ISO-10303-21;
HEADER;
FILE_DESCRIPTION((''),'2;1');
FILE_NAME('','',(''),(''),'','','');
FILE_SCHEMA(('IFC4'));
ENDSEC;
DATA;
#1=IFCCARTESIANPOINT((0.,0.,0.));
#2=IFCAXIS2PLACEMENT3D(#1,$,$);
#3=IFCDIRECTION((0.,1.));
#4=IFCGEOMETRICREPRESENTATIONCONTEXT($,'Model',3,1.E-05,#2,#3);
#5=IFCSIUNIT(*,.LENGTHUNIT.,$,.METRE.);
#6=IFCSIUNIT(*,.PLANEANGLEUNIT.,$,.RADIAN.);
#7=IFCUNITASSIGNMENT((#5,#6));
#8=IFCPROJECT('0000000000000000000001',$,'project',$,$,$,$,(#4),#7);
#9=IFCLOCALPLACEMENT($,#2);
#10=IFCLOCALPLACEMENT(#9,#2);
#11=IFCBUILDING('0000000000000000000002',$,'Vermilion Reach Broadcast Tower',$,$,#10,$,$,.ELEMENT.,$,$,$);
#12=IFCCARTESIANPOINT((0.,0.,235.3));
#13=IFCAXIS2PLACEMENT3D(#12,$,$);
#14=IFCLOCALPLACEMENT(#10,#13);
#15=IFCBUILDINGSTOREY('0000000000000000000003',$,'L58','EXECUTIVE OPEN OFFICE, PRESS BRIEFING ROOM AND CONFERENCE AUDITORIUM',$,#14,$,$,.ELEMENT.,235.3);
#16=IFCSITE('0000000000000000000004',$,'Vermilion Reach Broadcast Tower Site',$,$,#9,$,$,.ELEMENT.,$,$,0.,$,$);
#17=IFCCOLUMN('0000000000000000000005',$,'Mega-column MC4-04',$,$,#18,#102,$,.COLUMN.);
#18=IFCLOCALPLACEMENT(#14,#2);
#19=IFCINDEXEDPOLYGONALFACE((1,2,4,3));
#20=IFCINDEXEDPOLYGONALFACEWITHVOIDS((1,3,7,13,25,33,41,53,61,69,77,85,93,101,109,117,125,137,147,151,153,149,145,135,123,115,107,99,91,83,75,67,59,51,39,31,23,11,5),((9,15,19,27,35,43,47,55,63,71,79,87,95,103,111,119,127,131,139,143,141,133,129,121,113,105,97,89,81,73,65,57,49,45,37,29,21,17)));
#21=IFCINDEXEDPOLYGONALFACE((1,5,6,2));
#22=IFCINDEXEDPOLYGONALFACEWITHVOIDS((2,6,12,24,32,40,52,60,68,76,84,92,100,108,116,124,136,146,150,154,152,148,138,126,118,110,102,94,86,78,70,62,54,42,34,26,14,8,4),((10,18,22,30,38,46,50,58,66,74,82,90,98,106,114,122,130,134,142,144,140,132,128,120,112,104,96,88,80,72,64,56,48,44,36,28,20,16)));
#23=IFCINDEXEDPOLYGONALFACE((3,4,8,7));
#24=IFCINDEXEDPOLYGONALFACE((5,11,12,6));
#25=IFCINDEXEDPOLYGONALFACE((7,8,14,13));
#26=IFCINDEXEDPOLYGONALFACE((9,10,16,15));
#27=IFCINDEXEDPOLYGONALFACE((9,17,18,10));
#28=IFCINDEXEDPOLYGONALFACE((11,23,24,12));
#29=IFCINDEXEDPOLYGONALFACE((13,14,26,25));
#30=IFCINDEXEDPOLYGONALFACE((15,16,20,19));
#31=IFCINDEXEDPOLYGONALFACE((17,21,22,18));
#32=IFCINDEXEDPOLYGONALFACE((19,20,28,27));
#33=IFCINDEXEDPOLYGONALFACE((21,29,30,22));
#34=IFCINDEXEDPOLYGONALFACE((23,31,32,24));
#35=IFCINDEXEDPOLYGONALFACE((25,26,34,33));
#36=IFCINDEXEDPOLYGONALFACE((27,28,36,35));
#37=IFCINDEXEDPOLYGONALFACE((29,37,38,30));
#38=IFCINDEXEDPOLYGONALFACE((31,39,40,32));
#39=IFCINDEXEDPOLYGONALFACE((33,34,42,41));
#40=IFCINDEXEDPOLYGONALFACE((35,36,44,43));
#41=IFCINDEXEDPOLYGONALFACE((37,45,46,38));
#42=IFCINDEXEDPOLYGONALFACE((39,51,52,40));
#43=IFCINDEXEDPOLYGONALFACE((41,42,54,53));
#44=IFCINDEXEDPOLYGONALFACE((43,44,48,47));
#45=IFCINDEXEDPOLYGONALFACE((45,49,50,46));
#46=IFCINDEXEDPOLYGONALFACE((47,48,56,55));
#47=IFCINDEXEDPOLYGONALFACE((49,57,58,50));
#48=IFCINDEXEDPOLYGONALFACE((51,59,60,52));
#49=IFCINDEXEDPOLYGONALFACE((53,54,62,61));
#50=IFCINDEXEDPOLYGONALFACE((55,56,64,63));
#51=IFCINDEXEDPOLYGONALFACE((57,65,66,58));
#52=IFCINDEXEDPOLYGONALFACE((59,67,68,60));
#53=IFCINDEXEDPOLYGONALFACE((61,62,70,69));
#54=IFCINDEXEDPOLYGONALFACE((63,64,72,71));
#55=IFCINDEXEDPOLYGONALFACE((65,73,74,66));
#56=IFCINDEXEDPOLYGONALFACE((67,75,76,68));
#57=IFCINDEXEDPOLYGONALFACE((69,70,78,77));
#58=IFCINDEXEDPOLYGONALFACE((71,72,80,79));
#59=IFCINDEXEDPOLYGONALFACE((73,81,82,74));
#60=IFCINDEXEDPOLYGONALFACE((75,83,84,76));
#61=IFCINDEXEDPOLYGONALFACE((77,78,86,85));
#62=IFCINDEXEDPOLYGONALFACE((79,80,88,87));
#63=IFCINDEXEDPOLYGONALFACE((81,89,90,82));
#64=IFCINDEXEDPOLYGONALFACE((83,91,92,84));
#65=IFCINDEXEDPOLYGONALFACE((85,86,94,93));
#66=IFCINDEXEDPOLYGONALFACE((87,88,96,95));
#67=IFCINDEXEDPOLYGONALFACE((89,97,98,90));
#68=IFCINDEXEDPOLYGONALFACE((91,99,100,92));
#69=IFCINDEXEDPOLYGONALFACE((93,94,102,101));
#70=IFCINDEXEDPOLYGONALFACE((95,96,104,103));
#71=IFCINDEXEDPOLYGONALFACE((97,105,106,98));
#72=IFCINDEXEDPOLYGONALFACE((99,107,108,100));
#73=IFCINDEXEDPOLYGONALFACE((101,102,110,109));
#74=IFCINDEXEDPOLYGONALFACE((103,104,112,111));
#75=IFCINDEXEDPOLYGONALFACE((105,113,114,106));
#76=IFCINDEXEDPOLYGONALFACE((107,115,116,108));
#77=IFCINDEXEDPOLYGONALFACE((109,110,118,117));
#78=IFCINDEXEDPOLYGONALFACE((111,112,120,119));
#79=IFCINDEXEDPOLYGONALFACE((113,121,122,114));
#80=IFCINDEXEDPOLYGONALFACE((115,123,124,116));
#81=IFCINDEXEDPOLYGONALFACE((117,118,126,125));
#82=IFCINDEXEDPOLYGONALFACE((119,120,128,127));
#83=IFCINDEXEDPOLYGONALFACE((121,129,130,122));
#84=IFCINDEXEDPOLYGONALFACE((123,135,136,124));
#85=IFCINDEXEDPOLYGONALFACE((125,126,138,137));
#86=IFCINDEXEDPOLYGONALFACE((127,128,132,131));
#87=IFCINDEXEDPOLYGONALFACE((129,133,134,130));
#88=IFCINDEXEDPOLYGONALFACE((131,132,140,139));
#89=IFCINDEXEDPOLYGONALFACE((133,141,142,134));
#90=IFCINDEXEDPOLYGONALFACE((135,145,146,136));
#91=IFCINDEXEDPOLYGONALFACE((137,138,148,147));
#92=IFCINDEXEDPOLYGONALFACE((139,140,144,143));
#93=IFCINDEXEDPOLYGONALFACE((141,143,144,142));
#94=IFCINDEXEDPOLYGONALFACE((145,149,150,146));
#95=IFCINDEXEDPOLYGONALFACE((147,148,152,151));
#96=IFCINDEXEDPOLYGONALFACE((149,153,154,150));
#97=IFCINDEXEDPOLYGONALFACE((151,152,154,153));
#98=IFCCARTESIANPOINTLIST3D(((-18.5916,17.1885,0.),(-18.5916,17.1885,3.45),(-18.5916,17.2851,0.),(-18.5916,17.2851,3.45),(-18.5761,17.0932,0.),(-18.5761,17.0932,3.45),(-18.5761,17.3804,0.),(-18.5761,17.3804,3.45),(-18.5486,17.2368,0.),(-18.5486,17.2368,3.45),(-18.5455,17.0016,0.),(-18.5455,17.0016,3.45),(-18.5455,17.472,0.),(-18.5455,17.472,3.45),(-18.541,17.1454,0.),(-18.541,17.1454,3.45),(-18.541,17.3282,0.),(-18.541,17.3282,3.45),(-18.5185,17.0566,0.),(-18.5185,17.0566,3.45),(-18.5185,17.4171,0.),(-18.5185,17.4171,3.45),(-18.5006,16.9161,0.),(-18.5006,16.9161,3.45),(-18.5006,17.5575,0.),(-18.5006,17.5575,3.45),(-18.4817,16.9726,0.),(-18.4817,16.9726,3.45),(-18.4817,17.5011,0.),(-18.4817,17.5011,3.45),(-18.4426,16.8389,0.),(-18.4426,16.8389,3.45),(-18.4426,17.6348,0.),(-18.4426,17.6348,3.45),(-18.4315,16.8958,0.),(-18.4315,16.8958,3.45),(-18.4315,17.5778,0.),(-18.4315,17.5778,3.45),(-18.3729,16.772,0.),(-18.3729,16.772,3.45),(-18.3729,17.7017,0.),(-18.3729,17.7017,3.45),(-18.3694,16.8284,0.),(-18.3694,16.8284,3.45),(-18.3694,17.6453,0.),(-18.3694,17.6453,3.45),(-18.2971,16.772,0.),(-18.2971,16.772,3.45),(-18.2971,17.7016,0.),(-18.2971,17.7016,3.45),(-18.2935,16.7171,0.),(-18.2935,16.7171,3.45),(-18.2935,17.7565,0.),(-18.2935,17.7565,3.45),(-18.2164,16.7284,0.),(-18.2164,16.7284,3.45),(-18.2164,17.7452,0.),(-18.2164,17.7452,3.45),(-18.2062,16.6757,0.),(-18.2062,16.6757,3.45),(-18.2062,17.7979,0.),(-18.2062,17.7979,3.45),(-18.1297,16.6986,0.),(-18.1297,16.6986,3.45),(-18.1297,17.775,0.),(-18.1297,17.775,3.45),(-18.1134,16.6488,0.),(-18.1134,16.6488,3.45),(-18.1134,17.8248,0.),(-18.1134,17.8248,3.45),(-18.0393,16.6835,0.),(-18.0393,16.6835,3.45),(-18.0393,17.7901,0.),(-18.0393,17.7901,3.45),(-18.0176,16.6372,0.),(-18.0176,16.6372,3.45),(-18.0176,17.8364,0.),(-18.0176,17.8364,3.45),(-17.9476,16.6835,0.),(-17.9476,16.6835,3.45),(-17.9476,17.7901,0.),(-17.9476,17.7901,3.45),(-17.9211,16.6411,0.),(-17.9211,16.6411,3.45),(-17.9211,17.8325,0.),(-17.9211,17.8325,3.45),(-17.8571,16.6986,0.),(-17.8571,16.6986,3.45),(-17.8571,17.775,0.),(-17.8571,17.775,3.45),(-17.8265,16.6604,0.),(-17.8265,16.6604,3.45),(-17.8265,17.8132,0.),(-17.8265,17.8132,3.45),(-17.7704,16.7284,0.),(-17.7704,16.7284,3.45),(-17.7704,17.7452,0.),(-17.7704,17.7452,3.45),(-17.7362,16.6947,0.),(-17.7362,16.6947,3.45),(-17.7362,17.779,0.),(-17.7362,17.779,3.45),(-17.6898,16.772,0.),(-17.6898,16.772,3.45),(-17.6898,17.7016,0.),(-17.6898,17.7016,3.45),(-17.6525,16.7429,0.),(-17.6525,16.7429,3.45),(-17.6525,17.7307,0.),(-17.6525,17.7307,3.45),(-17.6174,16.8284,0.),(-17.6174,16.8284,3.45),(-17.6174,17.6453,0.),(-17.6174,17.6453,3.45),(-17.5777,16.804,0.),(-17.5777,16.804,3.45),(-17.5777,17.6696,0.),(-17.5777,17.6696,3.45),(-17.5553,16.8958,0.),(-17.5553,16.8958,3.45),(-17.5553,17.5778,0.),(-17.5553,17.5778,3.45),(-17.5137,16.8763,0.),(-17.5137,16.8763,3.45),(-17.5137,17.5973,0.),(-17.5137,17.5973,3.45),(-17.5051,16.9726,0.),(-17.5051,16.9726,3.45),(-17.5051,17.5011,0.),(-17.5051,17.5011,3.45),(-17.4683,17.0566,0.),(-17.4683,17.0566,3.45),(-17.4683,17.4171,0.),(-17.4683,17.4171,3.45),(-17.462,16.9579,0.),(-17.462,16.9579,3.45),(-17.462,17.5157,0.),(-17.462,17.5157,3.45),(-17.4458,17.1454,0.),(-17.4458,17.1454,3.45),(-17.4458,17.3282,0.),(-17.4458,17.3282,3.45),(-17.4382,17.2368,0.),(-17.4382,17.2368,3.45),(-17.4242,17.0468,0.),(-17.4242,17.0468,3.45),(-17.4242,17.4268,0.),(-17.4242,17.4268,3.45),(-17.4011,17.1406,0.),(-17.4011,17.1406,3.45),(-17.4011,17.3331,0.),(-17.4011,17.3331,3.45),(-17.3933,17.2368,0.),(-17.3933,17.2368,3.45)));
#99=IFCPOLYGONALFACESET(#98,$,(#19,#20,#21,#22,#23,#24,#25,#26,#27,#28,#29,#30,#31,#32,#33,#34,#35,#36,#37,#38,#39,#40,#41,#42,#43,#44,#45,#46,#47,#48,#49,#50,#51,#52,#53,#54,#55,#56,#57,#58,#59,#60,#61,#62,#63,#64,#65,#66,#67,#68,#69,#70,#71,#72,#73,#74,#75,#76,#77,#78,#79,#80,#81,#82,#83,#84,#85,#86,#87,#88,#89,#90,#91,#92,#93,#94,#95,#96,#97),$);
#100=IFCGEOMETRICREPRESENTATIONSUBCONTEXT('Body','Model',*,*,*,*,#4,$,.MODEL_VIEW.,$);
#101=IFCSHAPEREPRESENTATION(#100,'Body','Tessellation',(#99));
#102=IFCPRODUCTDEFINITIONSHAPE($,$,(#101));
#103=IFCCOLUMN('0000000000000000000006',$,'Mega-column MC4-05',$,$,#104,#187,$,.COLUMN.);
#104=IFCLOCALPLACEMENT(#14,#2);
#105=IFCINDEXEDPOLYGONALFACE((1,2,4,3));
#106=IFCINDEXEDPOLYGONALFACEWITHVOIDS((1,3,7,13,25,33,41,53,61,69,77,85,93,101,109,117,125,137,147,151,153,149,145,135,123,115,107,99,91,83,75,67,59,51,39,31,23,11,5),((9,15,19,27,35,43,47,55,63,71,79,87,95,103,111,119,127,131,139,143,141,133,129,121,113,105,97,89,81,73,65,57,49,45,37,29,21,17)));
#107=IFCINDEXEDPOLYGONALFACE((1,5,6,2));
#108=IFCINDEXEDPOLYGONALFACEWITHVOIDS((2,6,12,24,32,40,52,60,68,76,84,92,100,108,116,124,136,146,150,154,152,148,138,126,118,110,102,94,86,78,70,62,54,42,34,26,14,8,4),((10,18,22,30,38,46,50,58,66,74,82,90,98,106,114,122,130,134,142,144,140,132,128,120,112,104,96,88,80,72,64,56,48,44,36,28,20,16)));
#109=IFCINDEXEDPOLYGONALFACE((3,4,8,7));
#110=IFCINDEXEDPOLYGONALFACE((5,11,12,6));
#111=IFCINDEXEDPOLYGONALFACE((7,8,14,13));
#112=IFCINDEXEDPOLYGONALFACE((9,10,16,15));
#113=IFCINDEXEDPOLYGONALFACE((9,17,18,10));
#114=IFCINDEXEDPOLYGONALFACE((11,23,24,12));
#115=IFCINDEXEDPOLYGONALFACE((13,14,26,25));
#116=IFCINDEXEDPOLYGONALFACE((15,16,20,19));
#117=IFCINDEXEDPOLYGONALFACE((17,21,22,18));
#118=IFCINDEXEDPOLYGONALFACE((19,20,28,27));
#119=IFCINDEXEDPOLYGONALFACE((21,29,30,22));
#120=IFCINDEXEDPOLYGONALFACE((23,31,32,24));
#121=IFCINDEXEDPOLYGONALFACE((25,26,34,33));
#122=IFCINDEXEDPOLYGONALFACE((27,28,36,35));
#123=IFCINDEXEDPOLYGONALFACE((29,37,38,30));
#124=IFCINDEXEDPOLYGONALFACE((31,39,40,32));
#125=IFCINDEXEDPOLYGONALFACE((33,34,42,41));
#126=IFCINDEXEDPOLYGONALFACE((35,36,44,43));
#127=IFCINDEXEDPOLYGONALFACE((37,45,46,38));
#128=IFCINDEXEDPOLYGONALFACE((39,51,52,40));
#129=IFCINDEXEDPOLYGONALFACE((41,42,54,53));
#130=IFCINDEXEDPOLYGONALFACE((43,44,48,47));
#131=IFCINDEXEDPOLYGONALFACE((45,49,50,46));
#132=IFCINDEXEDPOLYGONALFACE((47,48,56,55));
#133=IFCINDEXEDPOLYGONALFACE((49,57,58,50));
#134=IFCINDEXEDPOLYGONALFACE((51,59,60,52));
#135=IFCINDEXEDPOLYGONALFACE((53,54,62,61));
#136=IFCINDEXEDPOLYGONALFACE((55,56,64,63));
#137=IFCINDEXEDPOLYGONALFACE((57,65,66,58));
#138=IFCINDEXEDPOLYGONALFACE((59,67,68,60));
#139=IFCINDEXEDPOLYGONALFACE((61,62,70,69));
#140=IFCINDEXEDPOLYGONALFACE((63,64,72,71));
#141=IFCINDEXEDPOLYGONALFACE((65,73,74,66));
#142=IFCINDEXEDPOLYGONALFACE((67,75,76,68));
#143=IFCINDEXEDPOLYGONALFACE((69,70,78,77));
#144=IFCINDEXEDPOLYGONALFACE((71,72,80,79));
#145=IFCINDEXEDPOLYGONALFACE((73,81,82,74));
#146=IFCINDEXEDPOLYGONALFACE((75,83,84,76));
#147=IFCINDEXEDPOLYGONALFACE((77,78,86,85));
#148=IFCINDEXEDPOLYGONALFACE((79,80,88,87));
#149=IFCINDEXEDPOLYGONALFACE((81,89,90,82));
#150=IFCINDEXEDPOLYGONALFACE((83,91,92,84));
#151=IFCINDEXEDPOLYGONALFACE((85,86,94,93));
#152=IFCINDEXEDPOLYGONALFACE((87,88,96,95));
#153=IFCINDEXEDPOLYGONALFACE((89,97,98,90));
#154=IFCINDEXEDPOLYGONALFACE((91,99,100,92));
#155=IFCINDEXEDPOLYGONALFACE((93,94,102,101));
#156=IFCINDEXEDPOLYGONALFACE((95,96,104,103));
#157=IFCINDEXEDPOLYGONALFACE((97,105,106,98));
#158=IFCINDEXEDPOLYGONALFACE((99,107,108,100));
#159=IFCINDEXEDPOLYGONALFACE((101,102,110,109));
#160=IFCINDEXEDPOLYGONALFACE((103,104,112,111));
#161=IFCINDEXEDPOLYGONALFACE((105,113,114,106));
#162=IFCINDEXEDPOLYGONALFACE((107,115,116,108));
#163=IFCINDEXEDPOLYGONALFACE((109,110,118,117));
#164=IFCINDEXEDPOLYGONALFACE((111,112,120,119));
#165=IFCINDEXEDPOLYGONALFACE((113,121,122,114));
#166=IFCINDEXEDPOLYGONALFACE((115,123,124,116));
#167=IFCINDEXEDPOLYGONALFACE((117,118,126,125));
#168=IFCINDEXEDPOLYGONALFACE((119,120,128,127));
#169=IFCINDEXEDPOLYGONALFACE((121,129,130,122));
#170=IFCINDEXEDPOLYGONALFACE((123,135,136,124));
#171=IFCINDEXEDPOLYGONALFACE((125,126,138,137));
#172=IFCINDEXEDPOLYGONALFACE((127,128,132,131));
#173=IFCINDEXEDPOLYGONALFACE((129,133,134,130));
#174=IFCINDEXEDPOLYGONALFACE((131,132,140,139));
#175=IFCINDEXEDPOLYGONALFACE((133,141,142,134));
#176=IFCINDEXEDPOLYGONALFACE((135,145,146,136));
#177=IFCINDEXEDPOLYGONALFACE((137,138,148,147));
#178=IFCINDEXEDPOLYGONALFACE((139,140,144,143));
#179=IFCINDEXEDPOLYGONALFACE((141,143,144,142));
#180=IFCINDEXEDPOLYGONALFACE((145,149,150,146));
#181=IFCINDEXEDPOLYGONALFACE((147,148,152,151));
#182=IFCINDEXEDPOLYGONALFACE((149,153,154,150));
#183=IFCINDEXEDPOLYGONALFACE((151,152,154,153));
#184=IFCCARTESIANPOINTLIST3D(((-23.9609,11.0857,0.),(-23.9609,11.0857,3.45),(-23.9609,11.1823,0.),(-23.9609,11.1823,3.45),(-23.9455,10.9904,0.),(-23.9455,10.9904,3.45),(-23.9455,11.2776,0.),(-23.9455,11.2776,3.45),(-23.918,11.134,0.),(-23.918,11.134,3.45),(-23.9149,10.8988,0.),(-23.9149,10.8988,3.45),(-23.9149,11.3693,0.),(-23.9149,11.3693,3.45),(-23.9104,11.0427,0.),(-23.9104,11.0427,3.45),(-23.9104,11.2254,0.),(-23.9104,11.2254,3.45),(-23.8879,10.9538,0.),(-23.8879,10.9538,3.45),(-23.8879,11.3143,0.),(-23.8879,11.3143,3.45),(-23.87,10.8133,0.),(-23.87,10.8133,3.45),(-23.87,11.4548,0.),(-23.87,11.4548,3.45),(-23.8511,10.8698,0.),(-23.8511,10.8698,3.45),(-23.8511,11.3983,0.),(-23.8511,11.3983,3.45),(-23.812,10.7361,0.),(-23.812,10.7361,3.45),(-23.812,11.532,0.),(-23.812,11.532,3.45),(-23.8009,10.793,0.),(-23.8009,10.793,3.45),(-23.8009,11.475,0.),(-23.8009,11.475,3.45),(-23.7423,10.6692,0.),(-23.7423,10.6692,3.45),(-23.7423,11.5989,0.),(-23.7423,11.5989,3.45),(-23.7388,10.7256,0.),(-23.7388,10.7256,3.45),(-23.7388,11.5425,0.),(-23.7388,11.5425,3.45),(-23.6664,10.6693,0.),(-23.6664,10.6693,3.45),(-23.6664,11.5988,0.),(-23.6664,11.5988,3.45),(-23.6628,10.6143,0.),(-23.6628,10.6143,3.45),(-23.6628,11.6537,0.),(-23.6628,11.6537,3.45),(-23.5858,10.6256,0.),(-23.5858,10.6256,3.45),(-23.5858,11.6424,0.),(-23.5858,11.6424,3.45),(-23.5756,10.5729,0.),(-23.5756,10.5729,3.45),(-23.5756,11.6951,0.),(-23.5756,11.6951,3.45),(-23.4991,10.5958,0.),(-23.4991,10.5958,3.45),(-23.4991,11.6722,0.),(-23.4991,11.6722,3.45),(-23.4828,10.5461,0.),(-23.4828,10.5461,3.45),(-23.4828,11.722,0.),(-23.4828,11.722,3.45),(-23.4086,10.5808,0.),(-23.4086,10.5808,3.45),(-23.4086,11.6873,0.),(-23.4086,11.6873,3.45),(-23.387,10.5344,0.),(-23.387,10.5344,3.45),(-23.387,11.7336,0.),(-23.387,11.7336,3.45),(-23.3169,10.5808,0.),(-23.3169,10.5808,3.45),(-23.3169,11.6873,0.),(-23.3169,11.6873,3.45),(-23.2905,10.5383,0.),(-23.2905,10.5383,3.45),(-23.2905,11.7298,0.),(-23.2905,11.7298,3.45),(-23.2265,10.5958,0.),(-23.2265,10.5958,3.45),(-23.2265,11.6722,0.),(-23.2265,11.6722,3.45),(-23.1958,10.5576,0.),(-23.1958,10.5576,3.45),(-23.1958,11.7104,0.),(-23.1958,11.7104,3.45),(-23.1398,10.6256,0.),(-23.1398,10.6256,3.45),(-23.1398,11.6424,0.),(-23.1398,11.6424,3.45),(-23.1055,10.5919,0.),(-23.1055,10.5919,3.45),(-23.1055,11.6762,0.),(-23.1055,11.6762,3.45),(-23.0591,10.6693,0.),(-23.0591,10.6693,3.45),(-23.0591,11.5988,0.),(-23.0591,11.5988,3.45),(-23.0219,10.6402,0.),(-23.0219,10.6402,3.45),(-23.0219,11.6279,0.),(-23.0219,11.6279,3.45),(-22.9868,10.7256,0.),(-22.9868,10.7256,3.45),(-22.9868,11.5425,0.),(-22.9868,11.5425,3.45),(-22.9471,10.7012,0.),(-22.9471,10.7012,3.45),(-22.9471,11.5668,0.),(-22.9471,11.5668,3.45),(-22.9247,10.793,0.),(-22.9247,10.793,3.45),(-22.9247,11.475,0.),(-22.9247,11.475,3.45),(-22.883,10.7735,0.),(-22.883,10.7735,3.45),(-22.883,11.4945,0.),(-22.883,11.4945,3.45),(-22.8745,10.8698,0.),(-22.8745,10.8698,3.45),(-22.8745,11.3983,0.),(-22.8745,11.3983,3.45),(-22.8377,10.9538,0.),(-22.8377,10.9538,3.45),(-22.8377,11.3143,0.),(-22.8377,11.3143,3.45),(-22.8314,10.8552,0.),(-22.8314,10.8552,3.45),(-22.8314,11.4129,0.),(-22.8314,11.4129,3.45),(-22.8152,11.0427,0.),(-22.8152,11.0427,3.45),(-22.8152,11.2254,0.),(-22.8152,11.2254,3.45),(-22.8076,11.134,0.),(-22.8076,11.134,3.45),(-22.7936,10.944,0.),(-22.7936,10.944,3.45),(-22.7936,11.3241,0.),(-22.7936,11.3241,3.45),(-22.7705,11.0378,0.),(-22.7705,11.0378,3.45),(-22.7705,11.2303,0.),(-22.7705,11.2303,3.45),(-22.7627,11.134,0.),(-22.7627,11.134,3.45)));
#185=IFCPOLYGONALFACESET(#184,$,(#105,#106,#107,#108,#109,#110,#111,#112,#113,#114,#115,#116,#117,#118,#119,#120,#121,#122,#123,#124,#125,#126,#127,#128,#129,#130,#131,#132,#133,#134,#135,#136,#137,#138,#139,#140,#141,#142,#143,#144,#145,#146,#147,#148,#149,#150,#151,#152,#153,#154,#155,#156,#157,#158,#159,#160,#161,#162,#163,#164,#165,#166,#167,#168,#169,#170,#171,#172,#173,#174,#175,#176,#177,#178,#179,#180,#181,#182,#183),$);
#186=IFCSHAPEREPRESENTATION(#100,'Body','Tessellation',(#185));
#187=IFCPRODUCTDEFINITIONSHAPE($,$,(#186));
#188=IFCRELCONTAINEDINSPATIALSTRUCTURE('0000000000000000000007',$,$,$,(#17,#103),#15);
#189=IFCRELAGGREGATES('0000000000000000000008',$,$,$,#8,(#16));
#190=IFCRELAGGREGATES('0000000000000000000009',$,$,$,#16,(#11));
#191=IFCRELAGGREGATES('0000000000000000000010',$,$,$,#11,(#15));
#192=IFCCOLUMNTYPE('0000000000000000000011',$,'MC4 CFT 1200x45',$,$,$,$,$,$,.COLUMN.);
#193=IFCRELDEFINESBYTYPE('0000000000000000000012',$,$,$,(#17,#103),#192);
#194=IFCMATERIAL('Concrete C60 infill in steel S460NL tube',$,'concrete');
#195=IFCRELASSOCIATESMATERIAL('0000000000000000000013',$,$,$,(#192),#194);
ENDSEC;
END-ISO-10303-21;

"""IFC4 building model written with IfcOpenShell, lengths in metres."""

from ifc_helpers import new_model, si_unit, direction, frame, origin, origin_2d, place, context, subcontext, project, spatial, hollow_circle, extrude, material, material_profile, profile_set, type_object, element, save


model = new_model("IFC4")

# Units and contexts
model_context = context("Model", 3, precision=1e-05, world=origin(), true_north=direction((0.0, 1.0)))
body_context = subcontext(model_context, "Body", "Model", "MODEL_VIEW")
ifc_project = project(units=[si_unit("LENGTHUNIT", "METRE"), si_unit("PLANEANGLEUNIT", "RADIAN")], contexts=[model_context])

# Site, building, storey
site_placement = place(None, origin())
site = spatial("IfcSite", under=ifc_project, at=site_placement, Name="Vermilion Reach Broadcast Tower Site", CompositionType="ELEMENT", RefElevation=0.0)
building_placement = place(site_placement, origin())
building = spatial("IfcBuilding", under=site, at=building_placement, Name="Vermilion Reach Broadcast Tower", CompositionType="ELEMENT")
storey_placement = place(building_placement, frame((0.0, 0.0, 235.3)))
storey = spatial("IfcBuildingStorey", under=building, at=storey_placement, Name="L58", Description="EXECUTIVE OPEN OFFICE, PRESS BRIEFING ROOM AND CONFERENCE AUDITORIUM", CompositionType="ELEMENT", Elevation=235.3)

# Columns
ifc_material_1 = material(Name="Concrete C60 infill in steel S460NL tube", Category="concrete")
ifc_material_profile_1 = material_profile(ifc_material_1, hollow_circle(Radius=0.6001, WallThickness=0.0449, at=origin_2d()), Name="Concrete C60 infill in steel S460NL tube CFT 1200x45")
ifc_profile_set_1 = profile_set([ifc_material_profile_1], Name="Concrete C60 infill in steel S460NL tube")
column_type = type_object("IfcColumnType", Name="MC4 CFT 1200x45", PredefinedType="COLUMN", material=ifc_profile_set_1)
for number, where, z_axis, x_axis, name in (
    (1, (-17.9934, 17.2368, 0.0), (0.0, 0.0, 1.0), (1.0, 0.0, 0.0), "Mega-column MC4-04"),
    (2, (-23.3628, 11.134, 0.0), (0.0, 0.0, 1.0), (1.0, 0.0, 0.0), "Mega-column MC4-05"),
):
    element("IfcColumn", number, at=place(storey_placement, frame(where, z_axis=z_axis, x_axis=x_axis)), inside=storey, type_object=column_type, Name=name, PredefinedType="COLUMN", context=body_context, shape_type="SweptSolid", body=[
        extrude(hollow_circle(Radius=0.6001, WallThickness=0.0449, at=origin_2d()), origin(), (0.0, 0.0, 1.0), 3.45),
    ])

save(model, "model.ifc")
